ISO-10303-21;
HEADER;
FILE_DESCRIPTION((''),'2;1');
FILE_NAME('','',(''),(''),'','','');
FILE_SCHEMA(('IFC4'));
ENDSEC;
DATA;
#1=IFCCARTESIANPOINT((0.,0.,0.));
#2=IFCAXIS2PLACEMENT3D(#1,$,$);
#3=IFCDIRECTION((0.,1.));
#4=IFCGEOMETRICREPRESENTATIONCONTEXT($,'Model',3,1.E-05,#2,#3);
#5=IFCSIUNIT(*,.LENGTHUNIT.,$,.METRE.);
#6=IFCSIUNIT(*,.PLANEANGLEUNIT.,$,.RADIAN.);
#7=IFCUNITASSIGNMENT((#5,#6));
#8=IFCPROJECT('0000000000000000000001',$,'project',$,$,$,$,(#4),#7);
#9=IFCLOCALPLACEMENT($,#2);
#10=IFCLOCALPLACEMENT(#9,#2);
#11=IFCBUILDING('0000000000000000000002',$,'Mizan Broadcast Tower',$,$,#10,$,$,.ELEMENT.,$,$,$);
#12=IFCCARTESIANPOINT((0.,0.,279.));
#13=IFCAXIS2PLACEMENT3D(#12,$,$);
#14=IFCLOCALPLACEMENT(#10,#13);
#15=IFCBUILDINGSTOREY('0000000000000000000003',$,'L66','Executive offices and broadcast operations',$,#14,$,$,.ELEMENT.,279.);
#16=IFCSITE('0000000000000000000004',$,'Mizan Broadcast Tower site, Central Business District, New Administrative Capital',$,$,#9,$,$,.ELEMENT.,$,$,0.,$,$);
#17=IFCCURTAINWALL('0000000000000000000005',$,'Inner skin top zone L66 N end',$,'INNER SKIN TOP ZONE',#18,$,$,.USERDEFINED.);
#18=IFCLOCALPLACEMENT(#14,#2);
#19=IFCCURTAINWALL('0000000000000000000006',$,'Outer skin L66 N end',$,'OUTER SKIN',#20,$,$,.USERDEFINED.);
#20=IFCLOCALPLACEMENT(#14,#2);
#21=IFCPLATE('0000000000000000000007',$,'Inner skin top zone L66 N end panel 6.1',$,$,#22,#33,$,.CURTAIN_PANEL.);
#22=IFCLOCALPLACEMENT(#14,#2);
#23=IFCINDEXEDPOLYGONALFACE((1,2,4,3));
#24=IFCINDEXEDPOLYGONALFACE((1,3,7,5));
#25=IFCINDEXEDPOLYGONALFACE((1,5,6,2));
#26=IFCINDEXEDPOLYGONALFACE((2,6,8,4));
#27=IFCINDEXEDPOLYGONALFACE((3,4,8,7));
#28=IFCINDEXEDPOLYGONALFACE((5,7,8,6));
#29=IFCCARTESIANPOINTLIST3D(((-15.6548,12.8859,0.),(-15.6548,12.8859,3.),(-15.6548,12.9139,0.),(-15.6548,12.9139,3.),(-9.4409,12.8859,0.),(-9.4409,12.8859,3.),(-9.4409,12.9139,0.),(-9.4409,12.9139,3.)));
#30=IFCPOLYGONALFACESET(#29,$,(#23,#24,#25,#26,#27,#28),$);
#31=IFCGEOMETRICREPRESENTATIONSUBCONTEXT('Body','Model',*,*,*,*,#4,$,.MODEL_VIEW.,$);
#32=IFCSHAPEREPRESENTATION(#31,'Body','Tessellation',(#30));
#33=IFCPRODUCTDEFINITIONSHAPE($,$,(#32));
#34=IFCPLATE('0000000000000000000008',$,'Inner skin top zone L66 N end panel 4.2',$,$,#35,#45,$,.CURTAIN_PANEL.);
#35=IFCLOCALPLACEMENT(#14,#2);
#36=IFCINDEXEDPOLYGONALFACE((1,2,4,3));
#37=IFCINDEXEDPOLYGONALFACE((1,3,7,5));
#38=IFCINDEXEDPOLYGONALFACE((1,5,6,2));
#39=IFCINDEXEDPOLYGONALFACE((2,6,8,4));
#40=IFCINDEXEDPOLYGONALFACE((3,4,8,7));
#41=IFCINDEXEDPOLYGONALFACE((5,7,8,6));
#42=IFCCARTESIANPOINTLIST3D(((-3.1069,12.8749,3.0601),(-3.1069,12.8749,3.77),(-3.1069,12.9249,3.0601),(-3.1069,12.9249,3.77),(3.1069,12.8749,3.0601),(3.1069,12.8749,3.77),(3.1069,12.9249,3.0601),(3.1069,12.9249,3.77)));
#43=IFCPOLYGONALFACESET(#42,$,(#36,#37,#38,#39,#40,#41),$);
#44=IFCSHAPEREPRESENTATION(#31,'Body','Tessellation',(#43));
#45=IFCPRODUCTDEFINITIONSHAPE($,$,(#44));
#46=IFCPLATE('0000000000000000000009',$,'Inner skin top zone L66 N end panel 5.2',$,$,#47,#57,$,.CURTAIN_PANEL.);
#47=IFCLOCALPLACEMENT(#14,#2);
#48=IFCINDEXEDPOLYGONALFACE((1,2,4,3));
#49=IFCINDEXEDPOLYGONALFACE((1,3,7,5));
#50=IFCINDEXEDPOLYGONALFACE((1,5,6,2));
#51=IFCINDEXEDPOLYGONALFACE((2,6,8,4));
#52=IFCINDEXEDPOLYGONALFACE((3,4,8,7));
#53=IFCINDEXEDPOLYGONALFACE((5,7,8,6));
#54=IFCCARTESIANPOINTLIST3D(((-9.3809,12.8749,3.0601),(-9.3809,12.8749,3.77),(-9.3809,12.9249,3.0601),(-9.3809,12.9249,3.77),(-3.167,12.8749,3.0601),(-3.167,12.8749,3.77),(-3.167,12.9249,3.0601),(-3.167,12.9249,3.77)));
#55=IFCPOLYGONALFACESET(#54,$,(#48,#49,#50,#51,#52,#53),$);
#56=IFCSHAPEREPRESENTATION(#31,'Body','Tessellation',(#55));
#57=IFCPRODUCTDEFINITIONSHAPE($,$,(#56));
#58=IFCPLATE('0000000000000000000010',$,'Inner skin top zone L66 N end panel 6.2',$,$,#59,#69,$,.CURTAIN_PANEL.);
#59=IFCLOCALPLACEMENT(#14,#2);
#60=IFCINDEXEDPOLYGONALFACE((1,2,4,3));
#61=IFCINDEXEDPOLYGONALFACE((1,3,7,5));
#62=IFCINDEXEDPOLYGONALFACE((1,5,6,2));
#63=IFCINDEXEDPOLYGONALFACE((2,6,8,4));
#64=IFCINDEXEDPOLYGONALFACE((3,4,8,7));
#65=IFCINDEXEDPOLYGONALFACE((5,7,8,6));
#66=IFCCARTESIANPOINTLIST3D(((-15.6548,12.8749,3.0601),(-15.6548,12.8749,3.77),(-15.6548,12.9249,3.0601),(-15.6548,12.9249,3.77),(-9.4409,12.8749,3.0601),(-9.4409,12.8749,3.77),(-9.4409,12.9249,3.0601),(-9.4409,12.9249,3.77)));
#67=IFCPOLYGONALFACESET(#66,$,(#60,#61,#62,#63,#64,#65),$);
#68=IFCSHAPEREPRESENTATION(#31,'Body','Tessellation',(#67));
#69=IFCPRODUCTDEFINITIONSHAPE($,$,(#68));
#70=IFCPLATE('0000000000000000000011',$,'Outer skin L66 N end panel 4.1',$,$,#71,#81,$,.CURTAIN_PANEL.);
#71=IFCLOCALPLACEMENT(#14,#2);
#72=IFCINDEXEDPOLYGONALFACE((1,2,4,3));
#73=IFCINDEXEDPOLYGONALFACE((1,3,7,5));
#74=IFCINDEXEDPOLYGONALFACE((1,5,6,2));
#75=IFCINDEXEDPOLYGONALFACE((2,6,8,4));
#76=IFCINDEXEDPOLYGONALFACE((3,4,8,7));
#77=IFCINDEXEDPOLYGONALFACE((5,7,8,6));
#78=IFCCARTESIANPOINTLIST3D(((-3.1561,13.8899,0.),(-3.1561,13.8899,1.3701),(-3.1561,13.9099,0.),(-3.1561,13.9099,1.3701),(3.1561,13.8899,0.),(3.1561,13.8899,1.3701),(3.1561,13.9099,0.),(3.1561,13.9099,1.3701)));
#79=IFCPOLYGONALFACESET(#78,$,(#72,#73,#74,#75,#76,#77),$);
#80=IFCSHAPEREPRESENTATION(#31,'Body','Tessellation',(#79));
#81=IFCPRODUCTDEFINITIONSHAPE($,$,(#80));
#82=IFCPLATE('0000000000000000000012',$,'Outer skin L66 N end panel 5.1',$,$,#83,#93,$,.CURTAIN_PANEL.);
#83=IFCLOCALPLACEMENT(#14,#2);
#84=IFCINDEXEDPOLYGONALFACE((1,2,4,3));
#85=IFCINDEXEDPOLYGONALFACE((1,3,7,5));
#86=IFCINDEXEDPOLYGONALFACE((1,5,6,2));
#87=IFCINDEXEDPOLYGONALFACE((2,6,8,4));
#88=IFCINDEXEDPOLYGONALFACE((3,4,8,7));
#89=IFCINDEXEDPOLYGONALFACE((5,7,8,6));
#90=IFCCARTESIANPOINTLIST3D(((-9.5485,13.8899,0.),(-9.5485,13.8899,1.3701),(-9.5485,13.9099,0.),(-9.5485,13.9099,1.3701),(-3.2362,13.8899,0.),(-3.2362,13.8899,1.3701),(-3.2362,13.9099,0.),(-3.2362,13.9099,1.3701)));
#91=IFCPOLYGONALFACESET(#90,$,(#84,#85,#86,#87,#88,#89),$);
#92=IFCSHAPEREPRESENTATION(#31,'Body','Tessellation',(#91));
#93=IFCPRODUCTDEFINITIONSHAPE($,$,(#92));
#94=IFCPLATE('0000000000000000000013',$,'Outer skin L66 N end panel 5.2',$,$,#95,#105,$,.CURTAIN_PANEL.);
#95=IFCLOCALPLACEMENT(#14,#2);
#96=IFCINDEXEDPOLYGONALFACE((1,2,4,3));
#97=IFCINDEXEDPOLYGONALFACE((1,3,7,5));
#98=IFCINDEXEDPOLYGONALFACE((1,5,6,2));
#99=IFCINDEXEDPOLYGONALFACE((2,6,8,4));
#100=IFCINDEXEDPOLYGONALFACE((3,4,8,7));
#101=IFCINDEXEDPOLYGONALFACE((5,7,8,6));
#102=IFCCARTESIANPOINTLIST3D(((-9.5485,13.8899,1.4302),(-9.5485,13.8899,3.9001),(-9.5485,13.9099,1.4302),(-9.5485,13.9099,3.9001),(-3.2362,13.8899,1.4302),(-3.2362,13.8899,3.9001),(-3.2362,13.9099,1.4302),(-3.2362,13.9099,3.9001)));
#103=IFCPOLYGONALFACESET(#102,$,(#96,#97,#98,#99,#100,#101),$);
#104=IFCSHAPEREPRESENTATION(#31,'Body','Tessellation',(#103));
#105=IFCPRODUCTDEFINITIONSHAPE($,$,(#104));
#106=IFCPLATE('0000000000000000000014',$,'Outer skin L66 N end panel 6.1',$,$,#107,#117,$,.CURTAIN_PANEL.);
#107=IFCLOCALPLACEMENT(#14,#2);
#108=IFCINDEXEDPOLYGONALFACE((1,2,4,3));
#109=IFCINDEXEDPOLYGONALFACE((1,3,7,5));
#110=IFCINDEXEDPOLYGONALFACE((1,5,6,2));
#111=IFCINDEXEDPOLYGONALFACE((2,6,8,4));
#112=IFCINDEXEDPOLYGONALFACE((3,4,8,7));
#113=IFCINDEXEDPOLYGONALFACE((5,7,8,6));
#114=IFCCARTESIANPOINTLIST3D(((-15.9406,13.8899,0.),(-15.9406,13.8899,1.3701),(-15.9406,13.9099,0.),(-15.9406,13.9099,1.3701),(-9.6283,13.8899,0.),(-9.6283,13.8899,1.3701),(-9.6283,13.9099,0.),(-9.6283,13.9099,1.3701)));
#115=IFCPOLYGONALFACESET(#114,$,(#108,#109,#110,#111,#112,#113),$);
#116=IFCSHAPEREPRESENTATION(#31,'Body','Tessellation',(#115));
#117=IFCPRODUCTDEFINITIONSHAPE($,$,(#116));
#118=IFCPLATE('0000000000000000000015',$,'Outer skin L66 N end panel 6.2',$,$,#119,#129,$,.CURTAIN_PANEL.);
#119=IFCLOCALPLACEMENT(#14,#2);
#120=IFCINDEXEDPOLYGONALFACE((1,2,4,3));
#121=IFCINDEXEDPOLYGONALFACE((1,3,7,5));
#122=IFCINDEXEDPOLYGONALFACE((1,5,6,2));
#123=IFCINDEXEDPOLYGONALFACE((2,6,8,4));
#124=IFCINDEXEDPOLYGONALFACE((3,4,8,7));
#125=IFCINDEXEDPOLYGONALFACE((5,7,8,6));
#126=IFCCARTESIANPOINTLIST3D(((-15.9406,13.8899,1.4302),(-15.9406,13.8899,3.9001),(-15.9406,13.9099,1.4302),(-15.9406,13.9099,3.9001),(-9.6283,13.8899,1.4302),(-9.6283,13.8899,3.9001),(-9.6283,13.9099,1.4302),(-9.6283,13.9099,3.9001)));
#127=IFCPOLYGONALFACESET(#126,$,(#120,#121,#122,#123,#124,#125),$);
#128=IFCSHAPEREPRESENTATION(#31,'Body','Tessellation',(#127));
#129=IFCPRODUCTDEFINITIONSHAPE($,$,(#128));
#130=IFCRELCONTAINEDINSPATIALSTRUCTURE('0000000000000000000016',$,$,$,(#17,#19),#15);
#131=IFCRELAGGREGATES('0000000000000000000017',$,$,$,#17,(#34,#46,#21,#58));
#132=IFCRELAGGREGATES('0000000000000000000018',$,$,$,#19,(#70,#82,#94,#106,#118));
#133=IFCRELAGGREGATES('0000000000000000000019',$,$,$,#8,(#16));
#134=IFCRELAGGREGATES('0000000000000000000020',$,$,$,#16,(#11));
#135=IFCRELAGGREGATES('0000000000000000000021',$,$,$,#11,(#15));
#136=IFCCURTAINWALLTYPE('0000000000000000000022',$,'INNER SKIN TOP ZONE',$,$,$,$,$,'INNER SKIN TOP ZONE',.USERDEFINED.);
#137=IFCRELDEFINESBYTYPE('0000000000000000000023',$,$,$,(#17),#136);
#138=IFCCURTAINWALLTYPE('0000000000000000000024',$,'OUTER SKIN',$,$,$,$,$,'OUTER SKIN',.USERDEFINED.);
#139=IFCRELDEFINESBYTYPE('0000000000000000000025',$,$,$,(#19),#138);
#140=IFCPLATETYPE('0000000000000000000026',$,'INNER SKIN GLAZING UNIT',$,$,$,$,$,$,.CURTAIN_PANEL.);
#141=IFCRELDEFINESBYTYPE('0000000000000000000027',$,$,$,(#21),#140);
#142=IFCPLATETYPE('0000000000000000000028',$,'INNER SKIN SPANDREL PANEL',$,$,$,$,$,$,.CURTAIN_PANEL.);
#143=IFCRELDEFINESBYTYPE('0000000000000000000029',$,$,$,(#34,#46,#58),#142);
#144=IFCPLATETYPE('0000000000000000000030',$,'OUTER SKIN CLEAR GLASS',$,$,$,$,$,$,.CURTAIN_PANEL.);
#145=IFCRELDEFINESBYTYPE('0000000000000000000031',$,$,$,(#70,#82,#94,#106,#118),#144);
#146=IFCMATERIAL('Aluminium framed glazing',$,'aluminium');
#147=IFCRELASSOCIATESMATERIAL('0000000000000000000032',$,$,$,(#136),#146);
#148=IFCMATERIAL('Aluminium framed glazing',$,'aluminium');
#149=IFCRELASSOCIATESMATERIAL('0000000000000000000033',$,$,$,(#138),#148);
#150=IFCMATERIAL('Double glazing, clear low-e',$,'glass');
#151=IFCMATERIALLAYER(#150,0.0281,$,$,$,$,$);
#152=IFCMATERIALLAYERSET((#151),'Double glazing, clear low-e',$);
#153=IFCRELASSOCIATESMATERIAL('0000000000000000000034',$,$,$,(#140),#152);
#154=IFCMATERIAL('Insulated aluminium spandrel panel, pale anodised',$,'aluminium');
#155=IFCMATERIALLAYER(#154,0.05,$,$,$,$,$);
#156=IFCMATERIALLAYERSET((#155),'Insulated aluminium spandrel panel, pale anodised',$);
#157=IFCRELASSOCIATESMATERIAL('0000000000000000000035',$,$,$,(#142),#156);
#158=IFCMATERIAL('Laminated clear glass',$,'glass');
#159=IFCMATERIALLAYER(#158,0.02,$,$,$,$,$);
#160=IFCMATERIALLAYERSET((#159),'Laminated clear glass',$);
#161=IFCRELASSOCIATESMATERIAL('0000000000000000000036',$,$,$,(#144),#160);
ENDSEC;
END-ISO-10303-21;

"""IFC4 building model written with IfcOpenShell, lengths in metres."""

from ifc_helpers import new_model, si_unit, direction, frame, origin, origin_2d, place, context, subcontext, project, spatial, rectangle, extrude, material, layer, layer_set, type_object, element, aggregate, save


model = new_model("IFC4")

# Units and contexts
model_context = context("Model", 3, precision=1e-05, world=origin(), true_north=direction((0.0, 1.0)))
body_context = subcontext(model_context, "Body", "Model", "MODEL_VIEW")
ifc_project = project(units=[si_unit("LENGTHUNIT", "METRE"), si_unit("PLANEANGLEUNIT", "RADIAN")], contexts=[model_context])

# Site, building, storey
site_placement = place(None, origin())
site = spatial("IfcSite", under=ifc_project, at=site_placement, Name="Mizan Broadcast Tower site, Central Business District, New Administrative Capital", CompositionType="ELEMENT", RefElevation=0.0)
building_placement = place(site_placement, origin())
building = spatial("IfcBuilding", under=site, at=building_placement, Name="Mizan Broadcast Tower", CompositionType="ELEMENT")
storey_placement = place(building_placement, frame((0.0, 0.0, 279.0)))
storey = spatial("IfcBuildingStorey", under=building, at=storey_placement, Name="L66", Description="Executive offices and broadcast operations", CompositionType="ELEMENT", Elevation=279.0)

# Curtain walls
ifc_material_1 = material(Name="Aluminium framed glazing", Category="aluminium")
curtain_wall_type_1 = type_object("IfcCurtainWallType", Name="INNER SKIN TOP ZONE", ElementType="INNER SKIN TOP ZONE", PredefinedType="USERDEFINED", material=ifc_material_1)
curtain_wall_1_placement = place(storey_placement, origin())
curtain_wall_1 = element("IfcCurtainWall", 1, at=curtain_wall_1_placement, inside=storey, type_object=curtain_wall_type_1, Name="Inner skin top zone L66 N end", ObjectType="INNER SKIN TOP ZONE", PredefinedType="USERDEFINED")
ifc_material_2 = material(Name="Aluminium framed glazing", Category="aluminium")
curtain_wall_type_2 = type_object("IfcCurtainWallType", Name="OUTER SKIN", ElementType="OUTER SKIN", PredefinedType="USERDEFINED", material=ifc_material_2)
curtain_wall_2_placement = place(storey_placement, origin())
curtain_wall_2 = element("IfcCurtainWall", 2, at=curtain_wall_2_placement, inside=storey, type_object=curtain_wall_type_2, Name="Outer skin L66 N end", ObjectType="OUTER SKIN", PredefinedType="USERDEFINED")

# Plates
ifc_material_3 = material(Name="Double glazing, clear low-e", Category="glass")
ifc_layer_1 = layer(ifc_material_3, 0.0281)
ifc_layer_set_1 = layer_set([ifc_layer_1], Name="Double glazing, clear low-e")
plate_type_1 = type_object("IfcPlateType", Name="INNER SKIN GLAZING UNIT", PredefinedType="CURTAIN_PANEL", material=ifc_layer_set_1)
plate_1_placement = place(storey_placement, frame((-12.5479, 12.8999, 0.0), z_axis=(0.0, 0.0, 1.0), x_axis=(-1.0, 0.0, 0.0)))
plate_1 = element("IfcPlate", 3, at=plate_1_placement, type_object=plate_type_1, Name="Inner skin top zone L66 N end panel 6.1", PredefinedType="CURTAIN_PANEL", context=body_context, shape_type="SweptSolid", body=[
    extrude(rectangle(XDim=6.2139, YDim=0.0281, at=origin_2d()), origin(), (0.0, 0.0, 1.0), 3.0),
])
ifc_material_4 = material(Name="Insulated aluminium spandrel panel, pale anodised", Category="aluminium")
ifc_layer_2 = layer(ifc_material_4, 0.05)
ifc_layer_set_2 = layer_set([ifc_layer_2], Name="Insulated aluminium spandrel panel, pale anodised")
plate_type_2 = type_object("IfcPlateType", Name="INNER SKIN SPANDREL PANEL", PredefinedType="CURTAIN_PANEL", material=ifc_layer_set_2)
plate_2_placement = place(storey_placement, frame((0.0, 12.8999, 3.0601), z_axis=(0.0, 0.0, 1.0), x_axis=(-1.0, 0.0, 0.0)))
plate_2 = element("IfcPlate", 4, at=plate_2_placement, type_object=plate_type_2, Name="Inner skin top zone L66 N end panel 4.2", PredefinedType="CURTAIN_PANEL", context=body_context, shape_type="SweptSolid", body=[
    extrude(rectangle(XDim=6.2139, YDim=0.05, at=origin_2d()), origin(), (0.0, 0.0, 1.0), 0.71),
])
plate_3_placement = place(storey_placement, frame((-6.2739, 12.8999, 3.0601), z_axis=(0.0, 0.0, 1.0), x_axis=(-1.0, 0.0, 0.0)))
plate_3 = element("IfcPlate", 5, at=plate_3_placement, type_object=plate_type_2, Name="Inner skin top zone L66 N end panel 5.2", PredefinedType="CURTAIN_PANEL", context=body_context, shape_type="SweptSolid", body=[
    extrude(rectangle(XDim=6.2139, YDim=0.05, at=origin_2d()), origin(), (0.0, 0.0, 1.0), 0.71),
])
plate_4_placement = place(storey_placement, frame((-12.5479, 12.8999, 3.0601), z_axis=(0.0, 0.0, 1.0), x_axis=(-1.0, 0.0, 0.0)))
plate_4 = element("IfcPlate", 6, at=plate_4_placement, type_object=plate_type_2, Name="Inner skin top zone L66 N end panel 6.2", PredefinedType="CURTAIN_PANEL", context=body_context, shape_type="SweptSolid", body=[
    extrude(rectangle(XDim=6.2139, YDim=0.05, at=origin_2d()), origin(), (0.0, 0.0, 1.0), 0.71),
])
aggregate(curtain_wall_1, [plate_2, plate_3, plate_1, plate_4])
ifc_material_5 = material(Name="Laminated clear glass", Category="glass")
ifc_layer_3 = layer(ifc_material_5, 0.02)
ifc_layer_set_3 = layer_set([ifc_layer_3], Name="Laminated clear glass")
plate_type_3 = type_object("IfcPlateType", Name="OUTER SKIN CLEAR GLASS", PredefinedType="CURTAIN_PANEL", material=ifc_layer_set_3)
plate_5_placement = place(storey_placement, frame((0.0, 13.8999, 0.0), z_axis=(0.0, 0.0, 1.0), x_axis=(-1.0, 0.0, 0.0)))
plate_5 = element("IfcPlate", 7, at=plate_5_placement, type_object=plate_type_3, Name="Outer skin L66 N end panel 4.1", PredefinedType="CURTAIN_PANEL", context=body_context, shape_type="SweptSolid", body=[
    extrude(rectangle(XDim=6.3123, YDim=0.02, at=origin_2d()), origin(), (0.0, 0.0, 1.0), 1.3701),
])
plate_6_placement = place(storey_placement, frame((-6.3923, 13.8999, 0.0), z_axis=(0.0, 0.0, 1.0), x_axis=(-1.0, 0.0, 0.0)))
plate_6 = element("IfcPlate", 8, at=plate_6_placement, type_object=plate_type_3, Name="Outer skin L66 N end panel 5.1", PredefinedType="CURTAIN_PANEL", context=body_context, shape_type="SweptSolid", body=[
    extrude(rectangle(XDim=6.3123, YDim=0.02, at=origin_2d()), origin(), (0.0, 0.0, 1.0), 1.3701),
])
plate_7_placement = place(storey_placement, frame((-6.3923, 13.8999, 1.4302), z_axis=(0.0, 0.0, 1.0), x_axis=(-1.0, 0.0, 0.0)))
plate_7 = element("IfcPlate", 9, at=plate_7_placement, type_object=plate_type_3, Name="Outer skin L66 N end panel 5.2", PredefinedType="CURTAIN_PANEL", context=body_context, shape_type="SweptSolid", body=[
    extrude(rectangle(XDim=6.3123, YDim=0.02, at=origin_2d()), origin(), (0.0, 0.0, 1.0), 2.47),
])
plate_8_placement = place(storey_placement, frame((-12.7844, 13.8999, 0.0), z_axis=(0.0, 0.0, 1.0), x_axis=(-1.0, 0.0, 0.0)))
plate_8 = element("IfcPlate", 10, at=plate_8_placement, type_object=plate_type_3, Name="Outer skin L66 N end panel 6.1", PredefinedType="CURTAIN_PANEL", context=body_context, shape_type="SweptSolid", body=[
    extrude(rectangle(XDim=6.3123, YDim=0.02, at=origin_2d()), origin(), (0.0, 0.0, 1.0), 1.3701),
])
plate_9_placement = place(storey_placement, frame((-12.7844, 13.8999, 1.4302), z_axis=(0.0, 0.0, 1.0), x_axis=(-1.0, 0.0, 0.0)))
plate_9 = element("IfcPlate", 11, at=plate_9_placement, type_object=plate_type_3, Name="Outer skin L66 N end panel 6.2", PredefinedType="CURTAIN_PANEL", context=body_context, shape_type="SweptSolid", body=[
    extrude(rectangle(XDim=6.3123, YDim=0.02, at=origin_2d()), origin(), (0.0, 0.0, 1.0), 2.47),
])
aggregate(curtain_wall_2, [plate_5, plate_6, plate_7, plate_8, plate_9])

save(model, "model.ifc")
